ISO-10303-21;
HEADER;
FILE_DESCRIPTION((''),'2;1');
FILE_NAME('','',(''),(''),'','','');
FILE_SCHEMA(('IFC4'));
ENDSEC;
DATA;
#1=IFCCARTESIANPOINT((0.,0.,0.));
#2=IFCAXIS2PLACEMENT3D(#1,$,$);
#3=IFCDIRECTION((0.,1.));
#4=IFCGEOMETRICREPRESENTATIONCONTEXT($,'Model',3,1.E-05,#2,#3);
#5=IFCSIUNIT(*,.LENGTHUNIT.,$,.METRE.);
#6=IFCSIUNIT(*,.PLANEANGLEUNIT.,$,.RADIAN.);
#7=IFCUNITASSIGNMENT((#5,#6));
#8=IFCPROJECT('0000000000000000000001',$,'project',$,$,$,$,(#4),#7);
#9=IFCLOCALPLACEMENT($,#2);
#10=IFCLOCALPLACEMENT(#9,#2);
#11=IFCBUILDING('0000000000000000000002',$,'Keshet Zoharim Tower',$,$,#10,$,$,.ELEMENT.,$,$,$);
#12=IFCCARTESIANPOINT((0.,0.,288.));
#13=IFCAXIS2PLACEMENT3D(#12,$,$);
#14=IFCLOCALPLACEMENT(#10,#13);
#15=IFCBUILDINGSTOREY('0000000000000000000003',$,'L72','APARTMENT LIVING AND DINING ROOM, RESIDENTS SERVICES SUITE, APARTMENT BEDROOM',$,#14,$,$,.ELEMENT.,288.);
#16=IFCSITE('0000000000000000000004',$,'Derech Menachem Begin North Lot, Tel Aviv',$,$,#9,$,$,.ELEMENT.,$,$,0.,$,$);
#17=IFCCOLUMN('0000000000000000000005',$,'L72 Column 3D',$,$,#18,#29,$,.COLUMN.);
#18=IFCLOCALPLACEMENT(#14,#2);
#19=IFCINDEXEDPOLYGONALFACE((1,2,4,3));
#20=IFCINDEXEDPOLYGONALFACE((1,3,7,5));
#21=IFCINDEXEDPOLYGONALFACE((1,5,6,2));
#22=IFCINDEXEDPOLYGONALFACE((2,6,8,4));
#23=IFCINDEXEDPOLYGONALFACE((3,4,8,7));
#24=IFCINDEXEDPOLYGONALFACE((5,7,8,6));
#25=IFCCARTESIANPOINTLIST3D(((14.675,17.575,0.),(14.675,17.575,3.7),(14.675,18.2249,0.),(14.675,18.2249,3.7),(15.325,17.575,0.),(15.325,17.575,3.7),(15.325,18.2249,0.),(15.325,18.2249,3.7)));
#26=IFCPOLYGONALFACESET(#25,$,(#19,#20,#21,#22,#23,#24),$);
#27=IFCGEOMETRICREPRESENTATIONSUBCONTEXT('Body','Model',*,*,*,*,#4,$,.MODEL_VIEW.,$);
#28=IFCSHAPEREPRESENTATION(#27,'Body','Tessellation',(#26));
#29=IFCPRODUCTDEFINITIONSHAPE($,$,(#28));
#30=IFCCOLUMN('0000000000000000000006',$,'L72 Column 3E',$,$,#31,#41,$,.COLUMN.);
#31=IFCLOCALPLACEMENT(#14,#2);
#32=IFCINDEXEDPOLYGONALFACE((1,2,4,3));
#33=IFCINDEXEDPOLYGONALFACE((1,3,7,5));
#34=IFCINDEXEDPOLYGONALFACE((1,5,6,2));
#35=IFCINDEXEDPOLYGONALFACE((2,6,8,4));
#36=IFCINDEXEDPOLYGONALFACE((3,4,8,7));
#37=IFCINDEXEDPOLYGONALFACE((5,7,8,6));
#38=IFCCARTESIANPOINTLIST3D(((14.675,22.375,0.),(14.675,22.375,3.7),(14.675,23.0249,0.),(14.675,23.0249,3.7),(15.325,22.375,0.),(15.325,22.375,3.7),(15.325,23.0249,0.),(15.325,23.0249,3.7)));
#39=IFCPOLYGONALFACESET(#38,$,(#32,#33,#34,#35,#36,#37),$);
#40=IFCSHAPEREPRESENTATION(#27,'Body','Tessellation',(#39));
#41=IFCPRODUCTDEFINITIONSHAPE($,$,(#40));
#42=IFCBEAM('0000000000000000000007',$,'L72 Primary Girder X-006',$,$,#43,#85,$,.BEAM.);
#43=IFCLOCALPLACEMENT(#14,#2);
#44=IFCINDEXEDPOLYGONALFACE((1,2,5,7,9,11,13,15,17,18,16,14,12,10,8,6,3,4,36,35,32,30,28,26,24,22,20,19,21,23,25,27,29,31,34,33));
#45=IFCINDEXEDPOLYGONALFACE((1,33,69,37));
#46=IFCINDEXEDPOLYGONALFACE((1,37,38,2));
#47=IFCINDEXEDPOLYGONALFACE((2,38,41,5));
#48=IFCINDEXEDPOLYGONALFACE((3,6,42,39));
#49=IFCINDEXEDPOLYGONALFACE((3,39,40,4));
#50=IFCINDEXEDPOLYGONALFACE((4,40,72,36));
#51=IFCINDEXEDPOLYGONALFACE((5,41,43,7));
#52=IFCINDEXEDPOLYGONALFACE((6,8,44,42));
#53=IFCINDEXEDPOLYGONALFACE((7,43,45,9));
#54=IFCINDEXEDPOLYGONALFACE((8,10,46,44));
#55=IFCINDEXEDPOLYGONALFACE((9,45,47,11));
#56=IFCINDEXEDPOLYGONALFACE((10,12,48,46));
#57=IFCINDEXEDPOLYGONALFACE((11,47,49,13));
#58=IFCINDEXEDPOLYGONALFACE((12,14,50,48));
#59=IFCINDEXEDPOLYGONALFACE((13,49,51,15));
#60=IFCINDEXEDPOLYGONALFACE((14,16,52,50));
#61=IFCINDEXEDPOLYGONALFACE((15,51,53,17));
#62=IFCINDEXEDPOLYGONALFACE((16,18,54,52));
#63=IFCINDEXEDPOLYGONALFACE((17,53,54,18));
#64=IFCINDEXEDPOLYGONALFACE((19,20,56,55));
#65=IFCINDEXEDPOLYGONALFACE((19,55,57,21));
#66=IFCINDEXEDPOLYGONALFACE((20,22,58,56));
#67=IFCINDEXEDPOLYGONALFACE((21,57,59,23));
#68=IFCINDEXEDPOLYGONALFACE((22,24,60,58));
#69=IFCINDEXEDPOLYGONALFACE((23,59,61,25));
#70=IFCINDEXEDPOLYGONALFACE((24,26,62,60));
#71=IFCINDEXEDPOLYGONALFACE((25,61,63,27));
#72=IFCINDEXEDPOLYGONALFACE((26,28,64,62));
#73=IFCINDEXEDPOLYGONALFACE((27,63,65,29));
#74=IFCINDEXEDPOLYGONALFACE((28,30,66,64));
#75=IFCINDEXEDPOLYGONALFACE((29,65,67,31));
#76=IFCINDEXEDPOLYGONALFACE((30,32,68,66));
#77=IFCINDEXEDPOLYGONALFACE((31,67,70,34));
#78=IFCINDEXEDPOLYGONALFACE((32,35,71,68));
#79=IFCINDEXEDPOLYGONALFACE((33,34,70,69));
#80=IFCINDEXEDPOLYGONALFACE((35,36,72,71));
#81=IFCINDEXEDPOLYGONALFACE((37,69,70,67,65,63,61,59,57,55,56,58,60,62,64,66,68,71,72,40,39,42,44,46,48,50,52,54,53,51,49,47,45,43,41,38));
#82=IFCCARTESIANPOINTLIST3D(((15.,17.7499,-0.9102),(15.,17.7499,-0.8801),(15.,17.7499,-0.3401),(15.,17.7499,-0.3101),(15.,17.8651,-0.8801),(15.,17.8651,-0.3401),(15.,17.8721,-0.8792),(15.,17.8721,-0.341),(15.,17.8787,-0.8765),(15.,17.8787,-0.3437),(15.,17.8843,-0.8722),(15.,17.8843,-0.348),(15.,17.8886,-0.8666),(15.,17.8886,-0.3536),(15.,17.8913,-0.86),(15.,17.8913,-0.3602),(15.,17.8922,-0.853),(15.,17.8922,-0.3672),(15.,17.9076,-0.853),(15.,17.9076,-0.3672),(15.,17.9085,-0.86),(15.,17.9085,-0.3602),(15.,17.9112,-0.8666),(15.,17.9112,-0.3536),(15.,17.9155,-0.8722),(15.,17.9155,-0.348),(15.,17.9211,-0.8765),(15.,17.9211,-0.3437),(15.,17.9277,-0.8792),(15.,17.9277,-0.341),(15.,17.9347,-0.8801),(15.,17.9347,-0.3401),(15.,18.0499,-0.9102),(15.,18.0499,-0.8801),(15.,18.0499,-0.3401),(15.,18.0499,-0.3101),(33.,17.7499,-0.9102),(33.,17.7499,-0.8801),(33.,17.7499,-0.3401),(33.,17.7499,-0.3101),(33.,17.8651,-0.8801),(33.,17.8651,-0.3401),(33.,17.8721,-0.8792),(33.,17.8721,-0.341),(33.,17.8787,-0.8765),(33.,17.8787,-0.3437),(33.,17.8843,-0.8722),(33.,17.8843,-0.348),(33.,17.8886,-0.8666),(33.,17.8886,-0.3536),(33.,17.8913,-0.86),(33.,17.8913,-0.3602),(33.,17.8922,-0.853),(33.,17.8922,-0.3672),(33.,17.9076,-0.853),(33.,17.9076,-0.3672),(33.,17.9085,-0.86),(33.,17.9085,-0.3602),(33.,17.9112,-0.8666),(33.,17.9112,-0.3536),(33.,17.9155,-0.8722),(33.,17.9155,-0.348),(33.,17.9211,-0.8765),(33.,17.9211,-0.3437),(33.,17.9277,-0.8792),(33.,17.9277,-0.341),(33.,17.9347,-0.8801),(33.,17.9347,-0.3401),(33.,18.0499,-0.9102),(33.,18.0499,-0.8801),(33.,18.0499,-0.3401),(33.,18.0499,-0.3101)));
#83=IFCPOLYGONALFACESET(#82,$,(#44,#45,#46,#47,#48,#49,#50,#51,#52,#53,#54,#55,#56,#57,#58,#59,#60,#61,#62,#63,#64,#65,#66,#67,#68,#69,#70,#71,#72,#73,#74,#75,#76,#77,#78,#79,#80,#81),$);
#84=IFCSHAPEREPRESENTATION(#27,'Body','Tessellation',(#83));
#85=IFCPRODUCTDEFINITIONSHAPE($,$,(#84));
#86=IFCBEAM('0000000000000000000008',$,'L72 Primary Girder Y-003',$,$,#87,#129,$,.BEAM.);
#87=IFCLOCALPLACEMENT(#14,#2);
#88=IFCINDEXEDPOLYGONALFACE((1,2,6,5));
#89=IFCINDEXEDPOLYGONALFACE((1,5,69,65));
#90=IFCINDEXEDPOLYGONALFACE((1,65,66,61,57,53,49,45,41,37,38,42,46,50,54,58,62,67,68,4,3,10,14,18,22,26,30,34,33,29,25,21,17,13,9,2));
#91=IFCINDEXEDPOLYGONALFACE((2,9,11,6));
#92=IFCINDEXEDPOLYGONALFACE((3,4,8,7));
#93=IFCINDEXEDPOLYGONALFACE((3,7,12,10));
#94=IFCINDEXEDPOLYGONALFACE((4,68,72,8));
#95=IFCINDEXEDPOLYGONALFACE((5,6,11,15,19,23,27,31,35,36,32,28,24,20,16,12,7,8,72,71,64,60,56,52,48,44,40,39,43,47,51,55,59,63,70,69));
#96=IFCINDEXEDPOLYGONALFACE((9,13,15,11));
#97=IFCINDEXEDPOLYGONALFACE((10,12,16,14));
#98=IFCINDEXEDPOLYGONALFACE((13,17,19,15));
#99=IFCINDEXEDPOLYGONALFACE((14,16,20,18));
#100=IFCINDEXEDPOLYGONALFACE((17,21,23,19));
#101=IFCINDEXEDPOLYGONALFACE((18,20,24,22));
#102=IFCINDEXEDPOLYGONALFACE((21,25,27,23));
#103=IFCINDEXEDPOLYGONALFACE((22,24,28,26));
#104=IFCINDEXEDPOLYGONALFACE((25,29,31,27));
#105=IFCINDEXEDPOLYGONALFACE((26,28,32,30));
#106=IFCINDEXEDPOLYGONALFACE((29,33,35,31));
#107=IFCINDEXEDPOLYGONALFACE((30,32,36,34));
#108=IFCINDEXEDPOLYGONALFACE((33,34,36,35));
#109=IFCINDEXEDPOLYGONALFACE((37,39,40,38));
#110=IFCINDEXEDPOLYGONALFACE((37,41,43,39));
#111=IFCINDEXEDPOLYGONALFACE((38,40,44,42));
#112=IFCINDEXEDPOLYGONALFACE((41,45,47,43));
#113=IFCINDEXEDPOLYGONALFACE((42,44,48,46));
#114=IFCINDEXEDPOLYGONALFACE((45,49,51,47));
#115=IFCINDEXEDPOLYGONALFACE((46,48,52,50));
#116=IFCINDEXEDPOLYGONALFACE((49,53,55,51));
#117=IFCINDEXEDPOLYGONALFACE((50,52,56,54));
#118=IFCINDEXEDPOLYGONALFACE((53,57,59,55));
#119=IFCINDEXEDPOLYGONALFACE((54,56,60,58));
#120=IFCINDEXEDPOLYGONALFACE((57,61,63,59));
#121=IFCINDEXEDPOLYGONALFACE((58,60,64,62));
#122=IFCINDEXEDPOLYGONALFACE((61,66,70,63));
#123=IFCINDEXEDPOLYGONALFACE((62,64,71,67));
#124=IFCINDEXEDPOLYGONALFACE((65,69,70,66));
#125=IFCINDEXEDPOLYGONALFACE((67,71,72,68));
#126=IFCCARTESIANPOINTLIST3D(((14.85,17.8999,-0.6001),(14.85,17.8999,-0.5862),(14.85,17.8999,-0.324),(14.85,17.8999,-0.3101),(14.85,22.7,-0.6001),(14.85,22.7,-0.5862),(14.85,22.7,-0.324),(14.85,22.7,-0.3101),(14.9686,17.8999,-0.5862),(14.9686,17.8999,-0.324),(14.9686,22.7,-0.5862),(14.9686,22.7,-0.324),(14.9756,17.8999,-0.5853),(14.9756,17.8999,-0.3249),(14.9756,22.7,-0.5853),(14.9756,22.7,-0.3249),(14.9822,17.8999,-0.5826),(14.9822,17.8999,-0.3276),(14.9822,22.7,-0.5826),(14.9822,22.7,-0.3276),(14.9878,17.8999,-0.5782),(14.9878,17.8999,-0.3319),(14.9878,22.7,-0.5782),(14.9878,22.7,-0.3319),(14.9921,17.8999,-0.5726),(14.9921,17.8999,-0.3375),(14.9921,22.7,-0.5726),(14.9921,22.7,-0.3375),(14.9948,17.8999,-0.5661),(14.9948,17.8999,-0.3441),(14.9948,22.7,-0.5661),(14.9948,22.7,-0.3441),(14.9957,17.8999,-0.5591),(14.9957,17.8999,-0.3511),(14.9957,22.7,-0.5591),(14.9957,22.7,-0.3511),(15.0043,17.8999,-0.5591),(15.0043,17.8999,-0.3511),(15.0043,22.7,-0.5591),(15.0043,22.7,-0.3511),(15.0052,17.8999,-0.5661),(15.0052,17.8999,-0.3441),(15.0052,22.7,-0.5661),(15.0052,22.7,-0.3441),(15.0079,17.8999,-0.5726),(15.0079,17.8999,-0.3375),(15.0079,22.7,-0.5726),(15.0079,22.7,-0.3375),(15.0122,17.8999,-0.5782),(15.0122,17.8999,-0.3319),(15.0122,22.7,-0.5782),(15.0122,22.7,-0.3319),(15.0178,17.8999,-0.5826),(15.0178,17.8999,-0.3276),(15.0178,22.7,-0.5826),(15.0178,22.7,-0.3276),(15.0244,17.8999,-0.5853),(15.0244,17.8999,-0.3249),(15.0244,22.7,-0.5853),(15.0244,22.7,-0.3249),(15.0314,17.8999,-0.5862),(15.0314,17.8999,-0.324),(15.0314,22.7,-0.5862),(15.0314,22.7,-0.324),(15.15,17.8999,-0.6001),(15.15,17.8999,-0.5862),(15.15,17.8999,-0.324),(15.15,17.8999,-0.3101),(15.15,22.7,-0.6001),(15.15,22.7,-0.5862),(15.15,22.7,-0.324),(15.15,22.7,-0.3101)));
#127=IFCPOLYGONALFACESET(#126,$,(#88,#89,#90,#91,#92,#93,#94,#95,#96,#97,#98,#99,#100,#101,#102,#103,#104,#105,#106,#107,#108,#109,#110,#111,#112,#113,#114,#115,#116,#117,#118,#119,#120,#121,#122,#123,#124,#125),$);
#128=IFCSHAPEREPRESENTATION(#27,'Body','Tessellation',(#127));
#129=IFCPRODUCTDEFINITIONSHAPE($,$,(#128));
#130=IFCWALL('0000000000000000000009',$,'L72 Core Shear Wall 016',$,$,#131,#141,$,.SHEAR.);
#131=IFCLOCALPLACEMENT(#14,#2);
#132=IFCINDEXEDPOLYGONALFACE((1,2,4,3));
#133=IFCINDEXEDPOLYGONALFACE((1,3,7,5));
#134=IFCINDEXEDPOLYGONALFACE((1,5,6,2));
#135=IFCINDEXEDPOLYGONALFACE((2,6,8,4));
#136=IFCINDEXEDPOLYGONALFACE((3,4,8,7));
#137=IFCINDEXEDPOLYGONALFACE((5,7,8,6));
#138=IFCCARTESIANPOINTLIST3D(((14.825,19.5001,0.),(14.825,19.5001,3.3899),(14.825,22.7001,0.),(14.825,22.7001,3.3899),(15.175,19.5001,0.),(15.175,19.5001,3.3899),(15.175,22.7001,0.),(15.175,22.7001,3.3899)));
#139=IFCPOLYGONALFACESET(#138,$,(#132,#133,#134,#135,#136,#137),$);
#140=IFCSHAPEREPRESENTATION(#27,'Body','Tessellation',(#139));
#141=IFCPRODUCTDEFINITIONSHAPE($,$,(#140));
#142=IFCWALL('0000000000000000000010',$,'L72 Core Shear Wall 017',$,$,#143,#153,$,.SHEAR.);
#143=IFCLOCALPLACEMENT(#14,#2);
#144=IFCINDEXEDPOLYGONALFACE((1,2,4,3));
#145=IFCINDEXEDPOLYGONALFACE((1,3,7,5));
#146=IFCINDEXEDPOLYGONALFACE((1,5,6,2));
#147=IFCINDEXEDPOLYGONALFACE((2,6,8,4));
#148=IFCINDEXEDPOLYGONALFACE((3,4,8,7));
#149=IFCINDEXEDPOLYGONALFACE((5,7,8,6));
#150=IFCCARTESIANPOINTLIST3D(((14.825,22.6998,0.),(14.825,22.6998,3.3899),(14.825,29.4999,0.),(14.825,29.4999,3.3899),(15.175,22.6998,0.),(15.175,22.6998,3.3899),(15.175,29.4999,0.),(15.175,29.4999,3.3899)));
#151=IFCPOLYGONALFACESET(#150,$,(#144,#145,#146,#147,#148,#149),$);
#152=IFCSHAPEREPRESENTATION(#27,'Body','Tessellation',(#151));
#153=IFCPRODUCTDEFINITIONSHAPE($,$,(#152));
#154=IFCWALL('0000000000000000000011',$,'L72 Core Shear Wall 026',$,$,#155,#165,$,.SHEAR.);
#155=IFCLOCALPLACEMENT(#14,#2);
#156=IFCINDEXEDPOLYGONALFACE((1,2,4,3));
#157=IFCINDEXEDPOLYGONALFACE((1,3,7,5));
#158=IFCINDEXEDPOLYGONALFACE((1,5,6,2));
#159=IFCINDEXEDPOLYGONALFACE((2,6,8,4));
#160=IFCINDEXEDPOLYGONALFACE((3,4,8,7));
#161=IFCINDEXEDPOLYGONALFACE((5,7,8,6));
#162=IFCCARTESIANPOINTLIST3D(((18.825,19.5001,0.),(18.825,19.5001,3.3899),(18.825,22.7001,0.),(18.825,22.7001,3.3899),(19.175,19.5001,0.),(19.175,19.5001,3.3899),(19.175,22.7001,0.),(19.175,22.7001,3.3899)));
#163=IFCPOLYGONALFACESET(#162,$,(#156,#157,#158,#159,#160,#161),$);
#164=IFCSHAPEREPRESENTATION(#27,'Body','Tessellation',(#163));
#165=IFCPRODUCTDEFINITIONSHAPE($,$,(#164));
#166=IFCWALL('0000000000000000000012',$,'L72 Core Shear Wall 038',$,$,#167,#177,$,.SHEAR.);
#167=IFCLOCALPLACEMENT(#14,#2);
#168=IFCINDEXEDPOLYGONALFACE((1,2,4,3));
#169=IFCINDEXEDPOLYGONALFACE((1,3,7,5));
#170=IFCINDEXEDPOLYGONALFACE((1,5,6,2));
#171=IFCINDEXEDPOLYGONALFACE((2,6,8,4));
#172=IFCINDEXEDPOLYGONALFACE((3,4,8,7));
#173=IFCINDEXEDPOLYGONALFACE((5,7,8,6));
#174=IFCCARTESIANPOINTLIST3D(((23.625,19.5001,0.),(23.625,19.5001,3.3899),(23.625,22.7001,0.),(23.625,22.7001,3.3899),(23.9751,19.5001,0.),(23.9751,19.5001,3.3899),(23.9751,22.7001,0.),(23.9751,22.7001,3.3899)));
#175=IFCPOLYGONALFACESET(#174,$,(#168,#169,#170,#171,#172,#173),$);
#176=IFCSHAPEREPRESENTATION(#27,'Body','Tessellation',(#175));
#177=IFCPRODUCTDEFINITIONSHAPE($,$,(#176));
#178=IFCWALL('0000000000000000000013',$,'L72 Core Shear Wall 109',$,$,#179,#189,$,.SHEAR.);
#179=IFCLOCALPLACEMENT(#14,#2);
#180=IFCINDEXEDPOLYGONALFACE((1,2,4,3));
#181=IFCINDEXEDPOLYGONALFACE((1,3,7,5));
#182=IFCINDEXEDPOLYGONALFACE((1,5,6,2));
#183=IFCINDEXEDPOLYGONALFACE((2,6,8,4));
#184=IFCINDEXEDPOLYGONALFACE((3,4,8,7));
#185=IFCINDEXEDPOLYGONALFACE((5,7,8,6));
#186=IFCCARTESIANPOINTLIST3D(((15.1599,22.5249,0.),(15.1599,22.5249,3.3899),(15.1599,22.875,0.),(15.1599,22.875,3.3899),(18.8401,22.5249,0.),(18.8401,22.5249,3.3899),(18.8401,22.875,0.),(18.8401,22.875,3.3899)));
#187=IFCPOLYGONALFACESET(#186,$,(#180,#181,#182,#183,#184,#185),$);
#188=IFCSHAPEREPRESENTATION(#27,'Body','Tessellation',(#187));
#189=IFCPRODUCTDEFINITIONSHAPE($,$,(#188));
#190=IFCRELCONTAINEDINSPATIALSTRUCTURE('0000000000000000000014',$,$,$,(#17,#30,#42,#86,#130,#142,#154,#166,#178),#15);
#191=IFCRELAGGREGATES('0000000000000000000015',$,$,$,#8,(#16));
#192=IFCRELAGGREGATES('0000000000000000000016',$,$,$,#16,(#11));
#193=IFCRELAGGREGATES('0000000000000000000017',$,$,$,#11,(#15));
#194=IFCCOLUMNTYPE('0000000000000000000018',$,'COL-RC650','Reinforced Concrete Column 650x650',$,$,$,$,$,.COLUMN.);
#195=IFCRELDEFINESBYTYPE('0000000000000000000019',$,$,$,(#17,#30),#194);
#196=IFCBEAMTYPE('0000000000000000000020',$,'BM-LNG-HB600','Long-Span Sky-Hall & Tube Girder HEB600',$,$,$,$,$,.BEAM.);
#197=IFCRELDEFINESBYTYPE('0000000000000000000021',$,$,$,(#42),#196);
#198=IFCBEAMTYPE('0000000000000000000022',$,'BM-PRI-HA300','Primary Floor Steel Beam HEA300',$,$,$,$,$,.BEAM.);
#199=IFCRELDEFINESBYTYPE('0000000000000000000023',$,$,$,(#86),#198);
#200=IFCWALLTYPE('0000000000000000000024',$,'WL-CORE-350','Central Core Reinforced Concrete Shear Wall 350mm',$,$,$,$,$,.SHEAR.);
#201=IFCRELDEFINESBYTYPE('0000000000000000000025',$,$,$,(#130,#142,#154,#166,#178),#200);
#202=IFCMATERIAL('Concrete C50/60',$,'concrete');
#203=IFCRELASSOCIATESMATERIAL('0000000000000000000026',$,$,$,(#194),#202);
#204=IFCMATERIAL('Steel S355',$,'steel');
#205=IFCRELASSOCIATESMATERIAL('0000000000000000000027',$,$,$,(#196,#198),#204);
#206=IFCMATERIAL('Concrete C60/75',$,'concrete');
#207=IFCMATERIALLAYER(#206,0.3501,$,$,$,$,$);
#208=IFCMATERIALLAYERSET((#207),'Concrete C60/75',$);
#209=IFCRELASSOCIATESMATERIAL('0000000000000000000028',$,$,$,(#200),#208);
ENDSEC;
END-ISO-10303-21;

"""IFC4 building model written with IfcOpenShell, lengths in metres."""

from ifc_helpers import new_model, si_unit, direction, frame, frame_2d, origin, origin_2d, place, context, subcontext, project, spatial, rectangle, i_section, extrude, material, layer, layer_set, material_profile, profile_set, type_object, element, save


model = new_model("IFC4")

# Units and contexts
model_context = context("Model", 3, precision=1e-05, world=origin(), true_north=direction((0.0, 1.0)))
body_context = subcontext(model_context, "Body", "Model", "MODEL_VIEW")
ifc_project = project(units=[si_unit("LENGTHUNIT", "METRE"), si_unit("PLANEANGLEUNIT", "RADIAN")], contexts=[model_context])

# Site, building, storey
site_placement = place(None, origin())
site = spatial("IfcSite", under=ifc_project, at=site_placement, Name="Derech Menachem Begin North Lot, Tel Aviv", CompositionType="ELEMENT", RefElevation=0.0)
building_placement = place(site_placement, origin())
building = spatial("IfcBuilding", under=site, at=building_placement, Name="Keshet Zoharim Tower", CompositionType="ELEMENT")
storey_placement = place(building_placement, frame((0.0, 0.0, 288.0)))
storey = spatial("IfcBuildingStorey", under=building, at=storey_placement, Name="L72", Description="APARTMENT LIVING AND DINING ROOM, RESIDENTS SERVICES SUITE, APARTMENT BEDROOM", CompositionType="ELEMENT", Elevation=288.0)

# Columns
ifc_material_1 = material(Name="Concrete C50/60", Category="concrete")
ifc_material_profile_1 = material_profile(ifc_material_1, rectangle(XDim=0.6499, YDim=0.6499, at=origin_2d()), Name="RC650x650")
ifc_profile_set_1 = profile_set([ifc_material_profile_1], Name="Concrete C50/60")
column_type = type_object("IfcColumnType", Name="COL-RC650", Description="Reinforced Concrete Column 650x650", PredefinedType="COLUMN", material=ifc_profile_set_1)
for number, where, z_axis, x_axis, name in (
    (1, (15.0, 17.8999, 0.0), (0.0, 0.0, 1.0), (1.0, 0.0, 0.0), "L72 Column 3D"),
    (2, (15.0, 22.7, 0.0), (0.0, 0.0, 1.0), (1.0, 0.0, 0.0), "L72 Column 3E"),
):
    element("IfcColumn", number, at=place(storey_placement, frame(where, z_axis=z_axis, x_axis=x_axis)), inside=storey, type_object=column_type, Name=name, PredefinedType="COLUMN", context=body_context, shape_type="SweptSolid", body=[
        extrude(rectangle(XDim=0.6499, YDim=0.6499, at=origin_2d()), origin(), (0.0, 0.0, 1.0), 3.7),
    ])

# Beams
ifc_material_2 = material(Name="Steel S355", Category="steel")
ifc_material_profile_2 = material_profile(ifc_material_2, i_section(OverallWidth=0.3, OverallDepth=0.6001, WebThickness=0.0154, FlangeThickness=0.03, FilletRadius=0.0271, at=origin_2d()), Name="HEB600")
ifc_profile_set_2 = profile_set([ifc_material_profile_2], Name="Steel S355")
beam_type_1 = type_object("IfcBeamType", Name="BM-LNG-HB600", Description="Long-Span Sky-Hall & Tube Girder HEB600", PredefinedType="BEAM", material=ifc_profile_set_2)
beam_1_placement = place(storey_placement, frame((15.0, 17.8999, -0.6101), z_axis=(1.0, 0.0, 0.0), x_axis=(0.0, 1.0, 0.0)))
element("IfcBeam", 3, at=beam_1_placement, inside=storey, type_object=beam_type_1, Name="L72 Primary Girder X-006", PredefinedType="BEAM", context=body_context, shape_type="SweptSolid", body=[
    extrude(i_section(OverallWidth=0.3, OverallDepth=0.6001, WebThickness=0.0154, FlangeThickness=0.03, FilletRadius=0.0271, at=origin_2d()), origin(), (0.0, 0.0, 1.0), 18.0),
])
ifc_material_profile_3 = material_profile(ifc_material_2, i_section(OverallWidth=0.3, OverallDepth=0.29, WebThickness=0.0085, FlangeThickness=0.0139, FilletRadius=0.0271, at=origin_2d()), Name="HEA300")
ifc_profile_set_3 = profile_set([ifc_material_profile_3], Name="Steel S355")
beam_type_2 = type_object("IfcBeamType", Name="BM-PRI-HA300", Description="Primary Floor Steel Beam HEA300", PredefinedType="BEAM", material=ifc_profile_set_3)
beam_2_placement = place(storey_placement, frame((15.0, 17.8999, -0.4551), z_axis=(0.0, 1.0, 0.0), x_axis=(-1.0, 0.0, 0.0)))
element("IfcBeam", 4, at=beam_2_placement, inside=storey, type_object=beam_type_2, Name="L72 Primary Girder Y-003", PredefinedType="BEAM", context=body_context, shape_type="SweptSolid", body=[
    extrude(i_section(OverallWidth=0.3, OverallDepth=0.29, WebThickness=0.0085, FlangeThickness=0.0139, FilletRadius=0.0271, at=origin_2d()), origin(), (0.0, 0.0, 1.0), 4.8),
])

# Walls
ifc_material_3 = material(Name="Concrete C60/75", Category="concrete")
ifc_layer_1 = layer(ifc_material_3, 0.3501)
ifc_layer_set_1 = layer_set([ifc_layer_1], Name="Concrete C60/75")
wall_type_1 = type_object("IfcWallType", Name="WL-CORE-350", Description="Central Core Reinforced Concrete Shear Wall 350mm", PredefinedType="SHEAR", material=ifc_layer_set_1)
wall_1_placement = place(storey_placement, frame((15.0, 19.5, 0.0), z_axis=(0.0, 0.0, 1.0), x_axis=(0.0, 1.0, 0.0)))
element("IfcWall", 5, at=wall_1_placement, inside=storey, type_object=wall_type_1, Name="L72 Core Shear Wall 016", PredefinedType="SHEAR", context=body_context, shape_type="SweptSolid", body=[
    extrude(rectangle(XDim=3.2, YDim=0.3501, at=frame_2d((1.6001, 0.0))), origin(), (0.0, 0.0, 1.0), 3.3899),
])
wall_2_placement = place(storey_placement, frame((15.0, 22.7, 0.0), z_axis=(0.0, 0.0, 1.0), x_axis=(0.0, 1.0, 0.0)))
element("IfcWall", 6, at=wall_2_placement, inside=storey, type_object=wall_type_1, Name="L72 Core Shear Wall 017", PredefinedType="SHEAR", context=body_context, shape_type="SweptSolid", body=[
    extrude(rectangle(XDim=6.8, YDim=0.3501, at=frame_2d((3.3999, 0.0))), origin(), (0.0, 0.0, 1.0), 3.3899),
])
wall_3_placement = place(storey_placement, frame((19.0, 19.5, 0.0), z_axis=(0.0, 0.0, 1.0), x_axis=(0.0, 1.0, 0.0)))
element("IfcWall", 7, at=wall_3_placement, inside=storey, type_object=wall_type_1, Name="L72 Core Shear Wall 026", PredefinedType="SHEAR", context=body_context, shape_type="SweptSolid", body=[
    extrude(rectangle(XDim=3.2, YDim=0.3501, at=frame_2d((1.6001, 0.0))), origin(), (0.0, 0.0, 1.0), 3.3899),
])

# Walls
wall_4_placement = place(storey_placement, frame((23.8, 19.5, 0.0), z_axis=(0.0, 0.0, 1.0), x_axis=(0.0, 1.0, 0.0)))
element("IfcWall", 8, at=wall_4_placement, inside=storey, type_object=wall_type_1, Name="L72 Core Shear Wall 038", PredefinedType="SHEAR", context=body_context, shape_type="SweptSolid", body=[
    extrude(rectangle(XDim=3.2, YDim=0.3501, at=frame_2d((1.6001, 0.0))), origin(), (0.0, 0.0, 1.0), 3.3899),
])
wall_5_placement = place(storey_placement, frame((15.1599, 22.7, 0.0), z_axis=(0.0, 0.0, 1.0), x_axis=(1.0, 0.0, 0.0)))
element("IfcWall", 9, at=wall_5_placement, inside=storey, type_object=wall_type_1, Name="L72 Core Shear Wall 109", PredefinedType="SHEAR", context=body_context, shape_type="SweptSolid", body=[
    extrude(rectangle(XDim=3.6802, YDim=0.3501, at=frame_2d((1.8401, 0.0))), origin(), (0.0, 0.0, 1.0), 3.3899),
])

save(model, "model.ifc")
